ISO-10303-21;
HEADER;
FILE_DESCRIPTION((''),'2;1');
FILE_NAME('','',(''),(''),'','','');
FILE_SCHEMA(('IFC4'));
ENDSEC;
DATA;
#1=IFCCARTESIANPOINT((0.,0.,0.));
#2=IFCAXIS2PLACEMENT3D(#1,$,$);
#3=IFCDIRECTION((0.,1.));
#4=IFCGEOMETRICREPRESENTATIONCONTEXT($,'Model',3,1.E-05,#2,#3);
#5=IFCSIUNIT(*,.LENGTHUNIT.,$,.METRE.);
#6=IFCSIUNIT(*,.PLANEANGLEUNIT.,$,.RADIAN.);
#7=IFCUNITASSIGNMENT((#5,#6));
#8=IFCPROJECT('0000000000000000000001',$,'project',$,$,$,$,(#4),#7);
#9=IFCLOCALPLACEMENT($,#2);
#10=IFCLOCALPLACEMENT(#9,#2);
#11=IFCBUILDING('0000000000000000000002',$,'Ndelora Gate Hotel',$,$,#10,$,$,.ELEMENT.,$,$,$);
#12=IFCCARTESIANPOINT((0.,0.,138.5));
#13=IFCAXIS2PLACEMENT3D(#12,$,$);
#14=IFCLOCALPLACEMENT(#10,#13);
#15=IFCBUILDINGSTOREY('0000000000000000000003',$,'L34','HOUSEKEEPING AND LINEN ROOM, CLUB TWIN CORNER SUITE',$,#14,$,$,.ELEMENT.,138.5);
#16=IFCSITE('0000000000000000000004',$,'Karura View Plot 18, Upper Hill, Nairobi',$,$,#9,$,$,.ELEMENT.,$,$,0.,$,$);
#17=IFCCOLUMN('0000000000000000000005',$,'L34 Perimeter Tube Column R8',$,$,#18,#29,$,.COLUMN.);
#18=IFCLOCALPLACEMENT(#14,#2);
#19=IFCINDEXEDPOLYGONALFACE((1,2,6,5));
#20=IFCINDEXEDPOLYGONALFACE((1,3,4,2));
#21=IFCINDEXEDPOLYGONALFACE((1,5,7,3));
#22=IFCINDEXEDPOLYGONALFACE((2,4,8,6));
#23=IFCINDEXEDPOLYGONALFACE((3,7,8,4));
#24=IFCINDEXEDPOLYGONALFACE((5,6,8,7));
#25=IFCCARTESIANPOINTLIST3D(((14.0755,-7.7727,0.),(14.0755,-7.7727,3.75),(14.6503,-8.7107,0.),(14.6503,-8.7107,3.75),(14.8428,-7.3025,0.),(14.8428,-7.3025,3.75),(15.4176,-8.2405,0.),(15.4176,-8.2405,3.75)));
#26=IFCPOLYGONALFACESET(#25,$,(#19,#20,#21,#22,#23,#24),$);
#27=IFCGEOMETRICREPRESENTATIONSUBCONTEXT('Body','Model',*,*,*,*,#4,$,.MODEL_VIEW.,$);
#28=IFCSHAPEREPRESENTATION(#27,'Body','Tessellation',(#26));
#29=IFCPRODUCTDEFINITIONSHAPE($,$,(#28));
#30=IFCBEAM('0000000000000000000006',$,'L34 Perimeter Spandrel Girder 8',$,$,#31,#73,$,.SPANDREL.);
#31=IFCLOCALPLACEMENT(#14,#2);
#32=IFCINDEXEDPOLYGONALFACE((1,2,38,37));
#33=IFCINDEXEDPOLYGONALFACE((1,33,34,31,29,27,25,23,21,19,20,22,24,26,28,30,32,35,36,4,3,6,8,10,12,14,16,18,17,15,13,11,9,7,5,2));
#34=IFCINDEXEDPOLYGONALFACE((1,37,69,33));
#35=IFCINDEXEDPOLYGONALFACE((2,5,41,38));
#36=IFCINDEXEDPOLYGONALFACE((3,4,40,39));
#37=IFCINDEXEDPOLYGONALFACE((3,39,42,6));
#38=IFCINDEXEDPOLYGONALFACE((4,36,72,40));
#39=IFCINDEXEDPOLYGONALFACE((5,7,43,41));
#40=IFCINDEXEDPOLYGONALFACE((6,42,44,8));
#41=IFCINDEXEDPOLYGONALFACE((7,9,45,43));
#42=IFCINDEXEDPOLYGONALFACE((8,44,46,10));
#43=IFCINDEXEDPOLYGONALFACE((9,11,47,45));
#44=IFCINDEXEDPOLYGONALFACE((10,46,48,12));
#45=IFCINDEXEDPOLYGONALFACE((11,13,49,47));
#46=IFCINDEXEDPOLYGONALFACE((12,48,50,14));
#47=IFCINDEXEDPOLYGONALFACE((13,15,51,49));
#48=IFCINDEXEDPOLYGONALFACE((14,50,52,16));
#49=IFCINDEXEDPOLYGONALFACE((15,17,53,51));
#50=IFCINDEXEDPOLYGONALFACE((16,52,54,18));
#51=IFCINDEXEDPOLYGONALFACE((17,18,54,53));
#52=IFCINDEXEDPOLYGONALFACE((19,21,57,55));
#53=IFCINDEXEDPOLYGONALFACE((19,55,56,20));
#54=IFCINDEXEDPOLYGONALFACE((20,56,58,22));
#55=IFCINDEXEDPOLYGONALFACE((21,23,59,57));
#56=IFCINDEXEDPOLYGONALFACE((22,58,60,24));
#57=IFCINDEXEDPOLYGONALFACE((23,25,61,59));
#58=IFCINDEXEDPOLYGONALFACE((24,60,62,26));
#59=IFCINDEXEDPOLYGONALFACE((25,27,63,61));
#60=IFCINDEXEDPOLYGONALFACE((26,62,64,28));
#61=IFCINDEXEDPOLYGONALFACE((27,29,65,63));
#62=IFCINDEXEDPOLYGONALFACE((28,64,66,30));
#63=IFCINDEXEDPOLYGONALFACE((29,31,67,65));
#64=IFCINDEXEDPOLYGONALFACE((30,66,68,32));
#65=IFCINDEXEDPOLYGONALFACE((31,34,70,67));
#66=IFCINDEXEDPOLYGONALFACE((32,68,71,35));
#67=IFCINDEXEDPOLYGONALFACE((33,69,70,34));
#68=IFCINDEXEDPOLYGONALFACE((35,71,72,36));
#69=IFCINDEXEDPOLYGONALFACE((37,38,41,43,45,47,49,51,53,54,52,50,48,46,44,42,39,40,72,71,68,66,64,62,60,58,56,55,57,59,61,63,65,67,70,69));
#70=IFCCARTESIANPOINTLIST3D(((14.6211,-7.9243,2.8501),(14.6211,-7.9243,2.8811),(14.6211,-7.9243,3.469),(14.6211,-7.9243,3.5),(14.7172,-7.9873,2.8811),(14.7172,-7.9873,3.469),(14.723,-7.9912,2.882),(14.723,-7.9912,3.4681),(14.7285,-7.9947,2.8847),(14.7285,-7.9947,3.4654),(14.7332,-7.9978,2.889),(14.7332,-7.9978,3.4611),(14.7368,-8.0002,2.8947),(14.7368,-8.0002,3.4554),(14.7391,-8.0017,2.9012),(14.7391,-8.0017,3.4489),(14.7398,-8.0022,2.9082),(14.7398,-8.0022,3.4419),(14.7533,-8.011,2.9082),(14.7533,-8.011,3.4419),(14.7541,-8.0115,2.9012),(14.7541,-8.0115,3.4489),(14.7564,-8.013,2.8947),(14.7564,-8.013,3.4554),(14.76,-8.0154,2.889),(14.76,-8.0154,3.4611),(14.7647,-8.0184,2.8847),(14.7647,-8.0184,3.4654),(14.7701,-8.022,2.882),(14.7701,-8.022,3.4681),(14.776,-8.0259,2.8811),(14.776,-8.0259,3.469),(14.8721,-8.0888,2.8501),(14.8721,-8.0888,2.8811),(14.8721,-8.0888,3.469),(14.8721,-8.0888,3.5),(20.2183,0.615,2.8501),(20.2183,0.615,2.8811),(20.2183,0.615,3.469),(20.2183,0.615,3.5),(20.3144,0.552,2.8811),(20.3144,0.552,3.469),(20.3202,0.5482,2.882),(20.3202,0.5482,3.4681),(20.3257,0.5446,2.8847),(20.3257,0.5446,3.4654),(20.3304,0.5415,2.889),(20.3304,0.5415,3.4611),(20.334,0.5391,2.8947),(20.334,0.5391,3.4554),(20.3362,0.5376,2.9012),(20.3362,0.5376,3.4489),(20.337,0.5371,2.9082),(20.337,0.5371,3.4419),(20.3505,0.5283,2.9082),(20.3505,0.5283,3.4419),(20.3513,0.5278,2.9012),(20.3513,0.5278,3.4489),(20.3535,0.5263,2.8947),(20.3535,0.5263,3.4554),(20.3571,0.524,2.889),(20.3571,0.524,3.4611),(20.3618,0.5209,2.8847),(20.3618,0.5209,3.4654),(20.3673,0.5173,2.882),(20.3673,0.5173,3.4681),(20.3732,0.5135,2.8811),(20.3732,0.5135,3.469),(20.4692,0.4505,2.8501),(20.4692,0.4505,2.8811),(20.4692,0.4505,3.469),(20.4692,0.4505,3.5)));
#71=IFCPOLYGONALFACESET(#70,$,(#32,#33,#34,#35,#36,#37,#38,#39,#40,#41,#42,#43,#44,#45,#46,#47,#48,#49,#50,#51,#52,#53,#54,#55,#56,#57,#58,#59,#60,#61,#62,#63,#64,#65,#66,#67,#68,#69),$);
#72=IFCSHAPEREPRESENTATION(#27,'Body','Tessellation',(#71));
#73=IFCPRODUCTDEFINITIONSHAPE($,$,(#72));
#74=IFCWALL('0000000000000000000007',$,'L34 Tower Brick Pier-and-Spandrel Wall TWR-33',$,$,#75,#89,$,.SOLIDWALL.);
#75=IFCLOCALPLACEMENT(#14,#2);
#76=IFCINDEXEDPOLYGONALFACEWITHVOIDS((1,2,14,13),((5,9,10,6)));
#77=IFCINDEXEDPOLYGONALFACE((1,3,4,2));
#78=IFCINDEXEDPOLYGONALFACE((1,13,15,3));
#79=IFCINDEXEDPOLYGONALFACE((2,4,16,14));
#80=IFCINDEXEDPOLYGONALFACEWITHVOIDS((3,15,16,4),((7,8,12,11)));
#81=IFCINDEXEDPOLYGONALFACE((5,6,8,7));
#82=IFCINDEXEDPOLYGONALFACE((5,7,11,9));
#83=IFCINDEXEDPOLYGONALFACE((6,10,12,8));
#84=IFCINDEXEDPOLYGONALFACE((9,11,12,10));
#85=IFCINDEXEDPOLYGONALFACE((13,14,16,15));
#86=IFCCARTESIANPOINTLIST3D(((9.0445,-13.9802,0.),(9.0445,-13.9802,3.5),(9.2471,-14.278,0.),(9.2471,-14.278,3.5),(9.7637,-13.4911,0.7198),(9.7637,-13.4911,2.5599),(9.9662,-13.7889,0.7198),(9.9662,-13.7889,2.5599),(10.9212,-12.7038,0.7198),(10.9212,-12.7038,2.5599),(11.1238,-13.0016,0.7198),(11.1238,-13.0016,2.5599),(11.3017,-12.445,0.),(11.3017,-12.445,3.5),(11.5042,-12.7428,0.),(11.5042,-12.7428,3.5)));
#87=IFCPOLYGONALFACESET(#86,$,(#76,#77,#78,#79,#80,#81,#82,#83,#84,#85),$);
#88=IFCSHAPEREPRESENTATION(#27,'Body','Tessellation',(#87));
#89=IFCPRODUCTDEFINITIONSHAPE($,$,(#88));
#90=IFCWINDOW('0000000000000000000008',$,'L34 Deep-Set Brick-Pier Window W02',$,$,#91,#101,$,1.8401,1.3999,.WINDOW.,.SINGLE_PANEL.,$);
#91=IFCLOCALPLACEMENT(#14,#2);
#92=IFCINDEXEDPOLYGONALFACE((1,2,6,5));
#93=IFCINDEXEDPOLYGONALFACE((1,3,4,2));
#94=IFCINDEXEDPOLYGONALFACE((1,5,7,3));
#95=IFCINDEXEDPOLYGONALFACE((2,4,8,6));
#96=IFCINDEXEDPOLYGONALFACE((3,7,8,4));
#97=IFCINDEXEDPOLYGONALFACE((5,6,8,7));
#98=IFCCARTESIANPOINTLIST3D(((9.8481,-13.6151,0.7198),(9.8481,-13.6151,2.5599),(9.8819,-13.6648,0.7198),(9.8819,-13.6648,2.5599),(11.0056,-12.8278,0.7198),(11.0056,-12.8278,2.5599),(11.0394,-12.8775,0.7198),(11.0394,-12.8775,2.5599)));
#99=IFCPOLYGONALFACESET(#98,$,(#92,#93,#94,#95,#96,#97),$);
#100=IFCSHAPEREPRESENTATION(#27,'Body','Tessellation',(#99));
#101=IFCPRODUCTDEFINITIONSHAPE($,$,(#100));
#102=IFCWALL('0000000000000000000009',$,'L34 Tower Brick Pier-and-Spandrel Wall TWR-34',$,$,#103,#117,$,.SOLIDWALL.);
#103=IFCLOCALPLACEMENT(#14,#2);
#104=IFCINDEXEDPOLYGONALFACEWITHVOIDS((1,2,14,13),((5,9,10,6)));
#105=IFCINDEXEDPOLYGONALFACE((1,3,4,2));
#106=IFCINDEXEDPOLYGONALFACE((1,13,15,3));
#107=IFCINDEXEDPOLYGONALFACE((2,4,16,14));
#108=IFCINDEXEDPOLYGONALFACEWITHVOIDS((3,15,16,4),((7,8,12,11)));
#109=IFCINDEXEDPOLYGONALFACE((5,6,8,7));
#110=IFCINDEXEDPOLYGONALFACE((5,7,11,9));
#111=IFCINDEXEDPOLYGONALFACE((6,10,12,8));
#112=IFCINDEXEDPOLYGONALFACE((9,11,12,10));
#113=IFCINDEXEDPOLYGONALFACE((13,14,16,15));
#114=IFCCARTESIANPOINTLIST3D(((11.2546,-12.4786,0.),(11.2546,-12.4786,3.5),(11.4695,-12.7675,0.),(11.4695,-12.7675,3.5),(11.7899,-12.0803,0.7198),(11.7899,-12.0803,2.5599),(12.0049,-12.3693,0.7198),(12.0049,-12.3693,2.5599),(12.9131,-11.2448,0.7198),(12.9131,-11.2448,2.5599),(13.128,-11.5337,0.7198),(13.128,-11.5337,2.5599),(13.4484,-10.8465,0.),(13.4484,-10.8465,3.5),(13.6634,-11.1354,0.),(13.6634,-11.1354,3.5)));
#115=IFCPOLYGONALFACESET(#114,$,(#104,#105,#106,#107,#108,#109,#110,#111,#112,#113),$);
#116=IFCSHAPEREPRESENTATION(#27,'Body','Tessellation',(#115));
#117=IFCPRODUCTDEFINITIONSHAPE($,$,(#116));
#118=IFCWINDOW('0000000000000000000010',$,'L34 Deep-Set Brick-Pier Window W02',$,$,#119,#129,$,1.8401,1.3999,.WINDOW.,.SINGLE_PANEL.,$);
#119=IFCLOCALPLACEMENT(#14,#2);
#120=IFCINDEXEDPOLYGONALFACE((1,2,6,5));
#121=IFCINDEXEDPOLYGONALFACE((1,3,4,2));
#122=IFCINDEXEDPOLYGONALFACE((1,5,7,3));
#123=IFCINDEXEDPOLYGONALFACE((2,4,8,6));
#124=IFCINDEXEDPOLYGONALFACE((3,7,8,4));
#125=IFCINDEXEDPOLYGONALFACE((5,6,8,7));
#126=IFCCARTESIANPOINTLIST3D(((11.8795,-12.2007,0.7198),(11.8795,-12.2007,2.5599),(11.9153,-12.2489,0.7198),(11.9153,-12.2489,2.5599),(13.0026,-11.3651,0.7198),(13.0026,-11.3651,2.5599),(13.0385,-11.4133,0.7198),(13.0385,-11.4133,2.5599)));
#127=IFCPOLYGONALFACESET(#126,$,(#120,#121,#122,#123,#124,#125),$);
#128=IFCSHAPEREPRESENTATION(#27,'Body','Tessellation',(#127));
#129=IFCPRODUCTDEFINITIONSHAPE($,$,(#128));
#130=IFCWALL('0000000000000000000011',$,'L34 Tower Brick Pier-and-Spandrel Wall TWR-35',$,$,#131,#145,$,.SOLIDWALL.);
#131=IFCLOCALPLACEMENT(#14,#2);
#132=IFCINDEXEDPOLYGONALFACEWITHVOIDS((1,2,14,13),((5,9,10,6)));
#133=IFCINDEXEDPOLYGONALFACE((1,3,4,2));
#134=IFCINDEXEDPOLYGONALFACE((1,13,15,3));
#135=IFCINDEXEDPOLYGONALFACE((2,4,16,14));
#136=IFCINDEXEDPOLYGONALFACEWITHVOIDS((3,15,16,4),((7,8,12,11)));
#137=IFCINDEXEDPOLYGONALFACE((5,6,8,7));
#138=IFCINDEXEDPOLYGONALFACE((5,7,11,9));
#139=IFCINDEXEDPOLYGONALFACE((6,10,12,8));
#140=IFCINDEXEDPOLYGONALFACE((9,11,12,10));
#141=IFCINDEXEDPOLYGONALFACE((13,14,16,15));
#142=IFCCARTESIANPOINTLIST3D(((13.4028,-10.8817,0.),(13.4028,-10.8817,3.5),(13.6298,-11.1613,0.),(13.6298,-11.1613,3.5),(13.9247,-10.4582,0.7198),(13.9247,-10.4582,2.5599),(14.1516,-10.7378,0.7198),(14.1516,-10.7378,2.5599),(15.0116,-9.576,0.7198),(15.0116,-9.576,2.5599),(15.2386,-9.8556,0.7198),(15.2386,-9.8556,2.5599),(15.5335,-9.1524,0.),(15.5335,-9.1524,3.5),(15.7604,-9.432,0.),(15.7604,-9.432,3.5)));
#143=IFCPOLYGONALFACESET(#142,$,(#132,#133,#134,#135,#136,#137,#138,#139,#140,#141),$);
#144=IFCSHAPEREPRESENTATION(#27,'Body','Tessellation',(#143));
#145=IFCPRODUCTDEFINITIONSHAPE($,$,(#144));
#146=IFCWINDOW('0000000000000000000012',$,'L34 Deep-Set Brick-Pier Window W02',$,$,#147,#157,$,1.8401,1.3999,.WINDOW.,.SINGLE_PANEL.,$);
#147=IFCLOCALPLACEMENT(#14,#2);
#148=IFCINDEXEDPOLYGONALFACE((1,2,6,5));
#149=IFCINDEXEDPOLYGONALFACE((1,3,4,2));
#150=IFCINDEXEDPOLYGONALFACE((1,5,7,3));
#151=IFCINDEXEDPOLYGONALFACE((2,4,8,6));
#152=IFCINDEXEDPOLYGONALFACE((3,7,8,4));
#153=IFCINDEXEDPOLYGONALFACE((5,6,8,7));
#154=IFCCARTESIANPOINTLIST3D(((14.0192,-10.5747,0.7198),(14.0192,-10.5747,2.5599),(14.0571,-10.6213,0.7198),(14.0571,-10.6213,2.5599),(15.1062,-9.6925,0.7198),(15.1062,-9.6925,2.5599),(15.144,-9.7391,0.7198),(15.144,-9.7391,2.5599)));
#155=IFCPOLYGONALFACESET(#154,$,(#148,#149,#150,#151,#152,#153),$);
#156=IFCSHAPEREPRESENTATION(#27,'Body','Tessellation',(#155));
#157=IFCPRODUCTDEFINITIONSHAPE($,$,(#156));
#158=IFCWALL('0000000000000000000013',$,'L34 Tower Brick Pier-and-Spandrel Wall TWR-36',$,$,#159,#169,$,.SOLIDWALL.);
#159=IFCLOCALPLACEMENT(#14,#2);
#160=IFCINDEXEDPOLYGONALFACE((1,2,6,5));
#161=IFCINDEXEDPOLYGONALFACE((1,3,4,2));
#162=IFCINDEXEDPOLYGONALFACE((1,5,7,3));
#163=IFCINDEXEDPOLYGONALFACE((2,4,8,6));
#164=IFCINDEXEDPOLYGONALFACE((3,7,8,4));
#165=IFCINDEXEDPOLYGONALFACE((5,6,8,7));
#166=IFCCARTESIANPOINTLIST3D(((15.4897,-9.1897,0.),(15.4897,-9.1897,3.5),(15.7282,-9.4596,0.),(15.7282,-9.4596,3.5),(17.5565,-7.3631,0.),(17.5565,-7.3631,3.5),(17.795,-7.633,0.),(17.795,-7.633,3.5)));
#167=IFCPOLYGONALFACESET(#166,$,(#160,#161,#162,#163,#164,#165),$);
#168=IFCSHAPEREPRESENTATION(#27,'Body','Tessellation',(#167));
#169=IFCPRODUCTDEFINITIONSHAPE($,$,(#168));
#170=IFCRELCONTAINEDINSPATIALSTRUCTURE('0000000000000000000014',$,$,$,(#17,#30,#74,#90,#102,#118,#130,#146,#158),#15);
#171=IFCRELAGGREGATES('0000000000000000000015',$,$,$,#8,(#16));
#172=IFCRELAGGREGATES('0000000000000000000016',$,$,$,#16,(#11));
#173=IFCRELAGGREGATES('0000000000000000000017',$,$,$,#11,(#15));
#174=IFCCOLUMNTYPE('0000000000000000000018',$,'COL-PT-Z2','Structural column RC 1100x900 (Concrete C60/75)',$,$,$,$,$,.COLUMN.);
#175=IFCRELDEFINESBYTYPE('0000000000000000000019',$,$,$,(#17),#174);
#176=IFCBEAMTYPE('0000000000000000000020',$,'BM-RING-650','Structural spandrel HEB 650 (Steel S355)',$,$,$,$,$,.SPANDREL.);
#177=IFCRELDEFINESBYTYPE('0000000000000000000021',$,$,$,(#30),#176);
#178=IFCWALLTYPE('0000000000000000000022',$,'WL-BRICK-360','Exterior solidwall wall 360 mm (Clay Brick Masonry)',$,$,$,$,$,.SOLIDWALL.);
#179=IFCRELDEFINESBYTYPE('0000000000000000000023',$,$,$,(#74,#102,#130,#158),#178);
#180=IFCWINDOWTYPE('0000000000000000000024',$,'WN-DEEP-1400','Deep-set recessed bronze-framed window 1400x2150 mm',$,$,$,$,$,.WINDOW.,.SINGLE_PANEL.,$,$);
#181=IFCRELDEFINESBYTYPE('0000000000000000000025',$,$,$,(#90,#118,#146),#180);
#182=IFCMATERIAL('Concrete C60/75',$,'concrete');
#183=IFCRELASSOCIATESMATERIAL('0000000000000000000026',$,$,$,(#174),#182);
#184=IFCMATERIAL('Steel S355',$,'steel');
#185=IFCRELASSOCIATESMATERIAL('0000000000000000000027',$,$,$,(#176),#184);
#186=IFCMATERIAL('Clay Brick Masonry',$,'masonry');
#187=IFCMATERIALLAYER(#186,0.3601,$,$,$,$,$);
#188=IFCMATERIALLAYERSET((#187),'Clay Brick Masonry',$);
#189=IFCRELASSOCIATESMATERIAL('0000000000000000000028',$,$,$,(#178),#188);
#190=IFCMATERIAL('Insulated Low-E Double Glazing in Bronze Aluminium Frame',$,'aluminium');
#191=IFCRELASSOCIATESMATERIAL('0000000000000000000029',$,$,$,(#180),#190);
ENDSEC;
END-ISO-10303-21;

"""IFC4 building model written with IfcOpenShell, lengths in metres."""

from ifc_helpers import new_model, si_unit, direction, frame, frame_2d, origin, origin_2d, place, context, subcontext, project, spatial, rectangle, i_section, extrude, material, layer, layer_set, material_profile, profile_set, type_object, element, fill, save


model = new_model("IFC4")

# Units and contexts
model_context = context("Model", 3, precision=1e-05, world=origin(), true_north=direction((0.0, 1.0)))
body_context = subcontext(model_context, "Body", "Model", "MODEL_VIEW")
ifc_project = project(units=[si_unit("LENGTHUNIT", "METRE"), si_unit("PLANEANGLEUNIT", "RADIAN")], contexts=[model_context])

# Site, building, storey
site_placement = place(None, origin())
site = spatial("IfcSite", under=ifc_project, at=site_placement, Name="Karura View Plot 18, Upper Hill, Nairobi", CompositionType="ELEMENT", RefElevation=0.0)
building_placement = place(site_placement, origin())
building = spatial("IfcBuilding", under=site, at=building_placement, Name="Ndelora Gate Hotel", CompositionType="ELEMENT")
storey_placement = place(building_placement, frame((0.0, 0.0, 138.5)))
storey = spatial("IfcBuildingStorey", under=building, at=storey_placement, Name="L34", Description="HOUSEKEEPING AND LINEN ROOM, CLUB TWIN CORNER SUITE", CompositionType="ELEMENT", Elevation=138.5)

# Column
ifc_material_1 = material(Name="Concrete C60/75", Category="concrete")
ifc_material_profile_1 = material_profile(ifc_material_1, rectangle(XDim=0.8999, YDim=1.1001, at=origin_2d()), Name="RC 1100x900")
ifc_profile_set_1 = profile_set([ifc_material_profile_1], Name="Concrete C60/75")
column_type = type_object("IfcColumnType", Name="COL-PT-Z2", Description="Structural column RC 1100x900 (Concrete C60/75)", PredefinedType="COLUMN", material=ifc_profile_set_1)
column_placement = place(storey_placement, frame((14.7466, -8.0066, 0.0), z_axis=(0.0, 0.0, 1.0), x_axis=(0.85264, 0.522499, 0.0)))
element("IfcColumn", 1, at=column_placement, inside=storey, type_object=column_type, Name="L34 Perimeter Tube Column R8", PredefinedType="COLUMN", context=body_context, shape_type="SweptSolid", body=[
    extrude(rectangle(XDim=0.8999, YDim=1.1001, at=origin_2d()), origin(), (0.0, 0.0, 1.0), 3.75),
])

# Beam
ifc_material_2 = material(Name="Steel S355", Category="steel")
ifc_material_profile_2 = material_profile(ifc_material_2, i_section(OverallWidth=0.3, OverallDepth=0.6499, WebThickness=0.0161, FlangeThickness=0.031, FilletRadius=0.0271, at=origin_2d()), Name="HEB 650")
ifc_profile_set_2 = profile_set([ifc_material_profile_2], Name="Steel S355")
beam_type = type_object("IfcBeamType", Name="BM-RING-650", Description="Structural spandrel HEB 650 (Steel S355)", PredefinedType="SPANDREL", material=ifc_profile_set_2)
beam_placement = place(storey_placement, frame((14.7466, -8.0066, 3.175), z_axis=(0.548194, 0.836351, 0.0), x_axis=(-0.836351, 0.548194, 0.0)))
element("IfcBeam", 2, at=beam_placement, inside=storey, type_object=beam_type, Name="L34 Perimeter Spandrel Girder 8", PredefinedType="SPANDREL", context=body_context, shape_type="SweptSolid", body=[
    extrude(i_section(OverallWidth=0.3, OverallDepth=0.6499, WebThickness=0.0161, FlangeThickness=0.031, FilletRadius=0.0271, at=origin_2d()), origin(), (0.0, 0.0, 1.0), 10.2102),
])

# Walls, openings, windows
ifc_material_3 = material(Name="Clay Brick Masonry", Category="masonry")
ifc_layer_1 = layer(ifc_material_3, 0.3601)
ifc_layer_set_1 = layer_set([ifc_layer_1], Name="Clay Brick Masonry")
wall_type_1 = type_object("IfcWallType", Name="WL-BRICK-360", Description="Exterior solidwall wall 360 mm (Clay Brick Masonry)", PredefinedType="SOLIDWALL", material=ifc_layer_set_1)
wall_1_placement = place(storey_placement, frame((11.4028, -12.594, 0.0), z_axis=(0.0, 0.0, 1.0), x_axis=(-0.826868, -0.562396, 0.0)))
wall_1 = element("IfcWall", 3, at=wall_1_placement, inside=storey, type_object=wall_type_1, Name="L34 Tower Brick Pier-and-Spandrel Wall TWR-33", PredefinedType="SOLIDWALL", context=body_context, shape_type="SweptSolid", body=[
    extrude(rectangle(XDim=2.7297, YDim=0.3601, at=frame_2d((1.3647, 0.0))), origin(), (0.0, 0.0, 1.0), 3.5),
])
opening_1_placement = place(wall_1_placement, frame((0.46, 0.0, 0.72)))
opening_1 = element("IfcOpeningElement", 4, at=opening_1_placement, cuts=wall_1, PredefinedType="OPENING", context=body_context, shape_type="SweptSolid", body=[
    extrude(rectangle(XDim=1.3999, YDim=1.8401, at=frame_2d((0.7, 0.9199))), frame((0.0, 0.1899, 0.0), z_axis=(0.0, -1.0, 0.0), x_axis=(1.0, 0.0, 0.0)), (0.0, 0.0, 1.0), 0.3801),
])
ifc_material_4 = material(Name="Insulated Low-E Double Glazing in Bronze Aluminium Frame", Category="aluminium")
window_type_1 = type_object("IfcWindowType", Name="WN-DEEP-1400", Description="Deep-set recessed bronze-framed window 1400x2150 mm", PartitioningType="SINGLE_PANEL", PredefinedType="WINDOW", material=ifc_material_4)
window_1_placement = place(opening_1_placement, origin())
window_1 = element("IfcWindow", 5, at=window_1_placement, inside=storey, type_object=window_type_1, Name="L34 Deep-Set Brick-Pier Window W02", OverallHeight=1.8401, OverallWidth=1.3999, PartitioningType="SINGLE_PANEL", PredefinedType="WINDOW", context=body_context, shape_type="SweptSolid", body=[
    extrude(rectangle(XDim=1.3999, YDim=1.8401, at=frame_2d((0.7, 0.9199))), frame((0.0, 0.03, 0.0), z_axis=(0.0, -1.0, 0.0), x_axis=(1.0, 0.0, 0.0)), (0.0, 0.0, 1.0), 0.0601),
])
fill(opening_1, window_1)
wall_2_placement = place(storey_placement, frame((13.5559, -10.991, 0.0), z_axis=(0.0, 0.0, 1.0), x_axis=(-0.80233, -0.596881, 0.0)))
wall_2 = element("IfcWall", 6, at=wall_2_placement, inside=storey, type_object=wall_type_1, Name="L34 Tower Brick Pier-and-Spandrel Wall TWR-34", PredefinedType="SOLIDWALL", context=body_context, shape_type="SweptSolid", body=[
    extrude(rectangle(XDim=2.7344, YDim=0.3601, at=frame_2d((1.3672, 0.0))), origin(), (0.0, 0.0, 1.0), 3.5),
])
opening_2_placement = place(wall_2_placement, frame((0.6672, 0.0, 0.72)))
opening_2 = element("IfcOpeningElement", 7, at=opening_2_placement, cuts=wall_2, PredefinedType="OPENING", context=body_context, shape_type="SweptSolid", body=[
    extrude(rectangle(XDim=1.3999, YDim=1.8401, at=frame_2d((0.7, 0.9199))), frame((0.0, 0.1899, 0.0), z_axis=(0.0, -1.0, 0.0), x_axis=(1.0, 0.0, 0.0)), (0.0, 0.0, 1.0), 0.3801),
])
window_2_placement = place(opening_2_placement, origin())
window_2 = element("IfcWindow", 8, at=window_2_placement, inside=storey, type_object=window_type_1, Name="L34 Deep-Set Brick-Pier Window W02", OverallHeight=1.8401, OverallWidth=1.3999, PartitioningType="SINGLE_PANEL", PredefinedType="WINDOW", context=body_context, shape_type="SweptSolid", body=[
    extrude(rectangle(XDim=1.3999, YDim=1.8401, at=frame_2d((0.7, 0.9199))), frame((0.0, 0.03, 0.0), z_axis=(0.0, -1.0, 0.0), x_axis=(1.0, 0.0, 0.0)), (0.0, 0.0, 1.0), 0.0601),
])
fill(opening_2, window_2)
wall_3_placement = place(storey_placement, frame((15.647, -9.2922, 0.0), z_axis=(0.0, 0.0, 1.0), x_axis=(-0.776449, -0.630181, 0.0)))
wall_3 = element("IfcWall", 9, at=wall_3_placement, inside=storey, type_object=wall_type_1, Name="L34 Tower Brick Pier-and-Spandrel Wall TWR-35", PredefinedType="SOLIDWALL", context=body_context, shape_type="SweptSolid", body=[
    extrude(rectangle(XDim=2.7441, YDim=0.3601, at=frame_2d((1.3721, 0.0))), origin(), (0.0, 0.0, 1.0), 3.5),
])
opening_3_placement = place(wall_3_placement, frame((0.6721, 0.0, 0.72)))
opening_3 = element("IfcOpeningElement", 10, at=opening_3_placement, cuts=wall_3, PredefinedType="OPENING", context=body_context, shape_type="SweptSolid", body=[
    extrude(rectangle(XDim=1.3999, YDim=1.8401, at=frame_2d((0.7, 0.9199))), frame((0.0, 0.1899, 0.0), z_axis=(0.0, -1.0, 0.0), x_axis=(1.0, 0.0, 0.0)), (0.0, 0.0, 1.0), 0.3801),
])
window_3_placement = place(opening_3_placement, origin())
window_3 = element("IfcWindow", 11, at=window_3_placement, inside=storey, type_object=window_type_1, Name="L34 Deep-Set Brick-Pier Window W02", OverallHeight=1.8401, OverallWidth=1.3999, PartitioningType="SINGLE_PANEL", PredefinedType="WINDOW", context=body_context, shape_type="SweptSolid", body=[
    extrude(rectangle(XDim=1.3999, YDim=1.8401, at=frame_2d((0.7, 0.9199))), frame((0.0, 0.03, 0.0), z_axis=(0.0, -1.0, 0.0), x_axis=(1.0, 0.0, 0.0)), (0.0, 0.0, 1.0), 0.0601),
])
fill(opening_3, window_3)

# Wall
wall_4_placement = place(storey_placement, frame((17.6758, -7.498, 0.0), z_axis=(0.0, 0.0, 1.0), x_axis=(-0.749311, -0.662219, 0.0)))
element("IfcWall", 12, at=wall_4_placement, inside=storey, type_object=wall_type_1, Name="L34 Tower Brick Pier-and-Spandrel Wall TWR-36", PredefinedType="SOLIDWALL", context=body_context, shape_type="SweptSolid", body=[
    extrude(rectangle(XDim=2.7583, YDim=0.3601, at=frame_2d((1.3792, 0.0))), origin(), (0.0, 0.0, 1.0), 3.5),
])

save(model, "model.ifc")
